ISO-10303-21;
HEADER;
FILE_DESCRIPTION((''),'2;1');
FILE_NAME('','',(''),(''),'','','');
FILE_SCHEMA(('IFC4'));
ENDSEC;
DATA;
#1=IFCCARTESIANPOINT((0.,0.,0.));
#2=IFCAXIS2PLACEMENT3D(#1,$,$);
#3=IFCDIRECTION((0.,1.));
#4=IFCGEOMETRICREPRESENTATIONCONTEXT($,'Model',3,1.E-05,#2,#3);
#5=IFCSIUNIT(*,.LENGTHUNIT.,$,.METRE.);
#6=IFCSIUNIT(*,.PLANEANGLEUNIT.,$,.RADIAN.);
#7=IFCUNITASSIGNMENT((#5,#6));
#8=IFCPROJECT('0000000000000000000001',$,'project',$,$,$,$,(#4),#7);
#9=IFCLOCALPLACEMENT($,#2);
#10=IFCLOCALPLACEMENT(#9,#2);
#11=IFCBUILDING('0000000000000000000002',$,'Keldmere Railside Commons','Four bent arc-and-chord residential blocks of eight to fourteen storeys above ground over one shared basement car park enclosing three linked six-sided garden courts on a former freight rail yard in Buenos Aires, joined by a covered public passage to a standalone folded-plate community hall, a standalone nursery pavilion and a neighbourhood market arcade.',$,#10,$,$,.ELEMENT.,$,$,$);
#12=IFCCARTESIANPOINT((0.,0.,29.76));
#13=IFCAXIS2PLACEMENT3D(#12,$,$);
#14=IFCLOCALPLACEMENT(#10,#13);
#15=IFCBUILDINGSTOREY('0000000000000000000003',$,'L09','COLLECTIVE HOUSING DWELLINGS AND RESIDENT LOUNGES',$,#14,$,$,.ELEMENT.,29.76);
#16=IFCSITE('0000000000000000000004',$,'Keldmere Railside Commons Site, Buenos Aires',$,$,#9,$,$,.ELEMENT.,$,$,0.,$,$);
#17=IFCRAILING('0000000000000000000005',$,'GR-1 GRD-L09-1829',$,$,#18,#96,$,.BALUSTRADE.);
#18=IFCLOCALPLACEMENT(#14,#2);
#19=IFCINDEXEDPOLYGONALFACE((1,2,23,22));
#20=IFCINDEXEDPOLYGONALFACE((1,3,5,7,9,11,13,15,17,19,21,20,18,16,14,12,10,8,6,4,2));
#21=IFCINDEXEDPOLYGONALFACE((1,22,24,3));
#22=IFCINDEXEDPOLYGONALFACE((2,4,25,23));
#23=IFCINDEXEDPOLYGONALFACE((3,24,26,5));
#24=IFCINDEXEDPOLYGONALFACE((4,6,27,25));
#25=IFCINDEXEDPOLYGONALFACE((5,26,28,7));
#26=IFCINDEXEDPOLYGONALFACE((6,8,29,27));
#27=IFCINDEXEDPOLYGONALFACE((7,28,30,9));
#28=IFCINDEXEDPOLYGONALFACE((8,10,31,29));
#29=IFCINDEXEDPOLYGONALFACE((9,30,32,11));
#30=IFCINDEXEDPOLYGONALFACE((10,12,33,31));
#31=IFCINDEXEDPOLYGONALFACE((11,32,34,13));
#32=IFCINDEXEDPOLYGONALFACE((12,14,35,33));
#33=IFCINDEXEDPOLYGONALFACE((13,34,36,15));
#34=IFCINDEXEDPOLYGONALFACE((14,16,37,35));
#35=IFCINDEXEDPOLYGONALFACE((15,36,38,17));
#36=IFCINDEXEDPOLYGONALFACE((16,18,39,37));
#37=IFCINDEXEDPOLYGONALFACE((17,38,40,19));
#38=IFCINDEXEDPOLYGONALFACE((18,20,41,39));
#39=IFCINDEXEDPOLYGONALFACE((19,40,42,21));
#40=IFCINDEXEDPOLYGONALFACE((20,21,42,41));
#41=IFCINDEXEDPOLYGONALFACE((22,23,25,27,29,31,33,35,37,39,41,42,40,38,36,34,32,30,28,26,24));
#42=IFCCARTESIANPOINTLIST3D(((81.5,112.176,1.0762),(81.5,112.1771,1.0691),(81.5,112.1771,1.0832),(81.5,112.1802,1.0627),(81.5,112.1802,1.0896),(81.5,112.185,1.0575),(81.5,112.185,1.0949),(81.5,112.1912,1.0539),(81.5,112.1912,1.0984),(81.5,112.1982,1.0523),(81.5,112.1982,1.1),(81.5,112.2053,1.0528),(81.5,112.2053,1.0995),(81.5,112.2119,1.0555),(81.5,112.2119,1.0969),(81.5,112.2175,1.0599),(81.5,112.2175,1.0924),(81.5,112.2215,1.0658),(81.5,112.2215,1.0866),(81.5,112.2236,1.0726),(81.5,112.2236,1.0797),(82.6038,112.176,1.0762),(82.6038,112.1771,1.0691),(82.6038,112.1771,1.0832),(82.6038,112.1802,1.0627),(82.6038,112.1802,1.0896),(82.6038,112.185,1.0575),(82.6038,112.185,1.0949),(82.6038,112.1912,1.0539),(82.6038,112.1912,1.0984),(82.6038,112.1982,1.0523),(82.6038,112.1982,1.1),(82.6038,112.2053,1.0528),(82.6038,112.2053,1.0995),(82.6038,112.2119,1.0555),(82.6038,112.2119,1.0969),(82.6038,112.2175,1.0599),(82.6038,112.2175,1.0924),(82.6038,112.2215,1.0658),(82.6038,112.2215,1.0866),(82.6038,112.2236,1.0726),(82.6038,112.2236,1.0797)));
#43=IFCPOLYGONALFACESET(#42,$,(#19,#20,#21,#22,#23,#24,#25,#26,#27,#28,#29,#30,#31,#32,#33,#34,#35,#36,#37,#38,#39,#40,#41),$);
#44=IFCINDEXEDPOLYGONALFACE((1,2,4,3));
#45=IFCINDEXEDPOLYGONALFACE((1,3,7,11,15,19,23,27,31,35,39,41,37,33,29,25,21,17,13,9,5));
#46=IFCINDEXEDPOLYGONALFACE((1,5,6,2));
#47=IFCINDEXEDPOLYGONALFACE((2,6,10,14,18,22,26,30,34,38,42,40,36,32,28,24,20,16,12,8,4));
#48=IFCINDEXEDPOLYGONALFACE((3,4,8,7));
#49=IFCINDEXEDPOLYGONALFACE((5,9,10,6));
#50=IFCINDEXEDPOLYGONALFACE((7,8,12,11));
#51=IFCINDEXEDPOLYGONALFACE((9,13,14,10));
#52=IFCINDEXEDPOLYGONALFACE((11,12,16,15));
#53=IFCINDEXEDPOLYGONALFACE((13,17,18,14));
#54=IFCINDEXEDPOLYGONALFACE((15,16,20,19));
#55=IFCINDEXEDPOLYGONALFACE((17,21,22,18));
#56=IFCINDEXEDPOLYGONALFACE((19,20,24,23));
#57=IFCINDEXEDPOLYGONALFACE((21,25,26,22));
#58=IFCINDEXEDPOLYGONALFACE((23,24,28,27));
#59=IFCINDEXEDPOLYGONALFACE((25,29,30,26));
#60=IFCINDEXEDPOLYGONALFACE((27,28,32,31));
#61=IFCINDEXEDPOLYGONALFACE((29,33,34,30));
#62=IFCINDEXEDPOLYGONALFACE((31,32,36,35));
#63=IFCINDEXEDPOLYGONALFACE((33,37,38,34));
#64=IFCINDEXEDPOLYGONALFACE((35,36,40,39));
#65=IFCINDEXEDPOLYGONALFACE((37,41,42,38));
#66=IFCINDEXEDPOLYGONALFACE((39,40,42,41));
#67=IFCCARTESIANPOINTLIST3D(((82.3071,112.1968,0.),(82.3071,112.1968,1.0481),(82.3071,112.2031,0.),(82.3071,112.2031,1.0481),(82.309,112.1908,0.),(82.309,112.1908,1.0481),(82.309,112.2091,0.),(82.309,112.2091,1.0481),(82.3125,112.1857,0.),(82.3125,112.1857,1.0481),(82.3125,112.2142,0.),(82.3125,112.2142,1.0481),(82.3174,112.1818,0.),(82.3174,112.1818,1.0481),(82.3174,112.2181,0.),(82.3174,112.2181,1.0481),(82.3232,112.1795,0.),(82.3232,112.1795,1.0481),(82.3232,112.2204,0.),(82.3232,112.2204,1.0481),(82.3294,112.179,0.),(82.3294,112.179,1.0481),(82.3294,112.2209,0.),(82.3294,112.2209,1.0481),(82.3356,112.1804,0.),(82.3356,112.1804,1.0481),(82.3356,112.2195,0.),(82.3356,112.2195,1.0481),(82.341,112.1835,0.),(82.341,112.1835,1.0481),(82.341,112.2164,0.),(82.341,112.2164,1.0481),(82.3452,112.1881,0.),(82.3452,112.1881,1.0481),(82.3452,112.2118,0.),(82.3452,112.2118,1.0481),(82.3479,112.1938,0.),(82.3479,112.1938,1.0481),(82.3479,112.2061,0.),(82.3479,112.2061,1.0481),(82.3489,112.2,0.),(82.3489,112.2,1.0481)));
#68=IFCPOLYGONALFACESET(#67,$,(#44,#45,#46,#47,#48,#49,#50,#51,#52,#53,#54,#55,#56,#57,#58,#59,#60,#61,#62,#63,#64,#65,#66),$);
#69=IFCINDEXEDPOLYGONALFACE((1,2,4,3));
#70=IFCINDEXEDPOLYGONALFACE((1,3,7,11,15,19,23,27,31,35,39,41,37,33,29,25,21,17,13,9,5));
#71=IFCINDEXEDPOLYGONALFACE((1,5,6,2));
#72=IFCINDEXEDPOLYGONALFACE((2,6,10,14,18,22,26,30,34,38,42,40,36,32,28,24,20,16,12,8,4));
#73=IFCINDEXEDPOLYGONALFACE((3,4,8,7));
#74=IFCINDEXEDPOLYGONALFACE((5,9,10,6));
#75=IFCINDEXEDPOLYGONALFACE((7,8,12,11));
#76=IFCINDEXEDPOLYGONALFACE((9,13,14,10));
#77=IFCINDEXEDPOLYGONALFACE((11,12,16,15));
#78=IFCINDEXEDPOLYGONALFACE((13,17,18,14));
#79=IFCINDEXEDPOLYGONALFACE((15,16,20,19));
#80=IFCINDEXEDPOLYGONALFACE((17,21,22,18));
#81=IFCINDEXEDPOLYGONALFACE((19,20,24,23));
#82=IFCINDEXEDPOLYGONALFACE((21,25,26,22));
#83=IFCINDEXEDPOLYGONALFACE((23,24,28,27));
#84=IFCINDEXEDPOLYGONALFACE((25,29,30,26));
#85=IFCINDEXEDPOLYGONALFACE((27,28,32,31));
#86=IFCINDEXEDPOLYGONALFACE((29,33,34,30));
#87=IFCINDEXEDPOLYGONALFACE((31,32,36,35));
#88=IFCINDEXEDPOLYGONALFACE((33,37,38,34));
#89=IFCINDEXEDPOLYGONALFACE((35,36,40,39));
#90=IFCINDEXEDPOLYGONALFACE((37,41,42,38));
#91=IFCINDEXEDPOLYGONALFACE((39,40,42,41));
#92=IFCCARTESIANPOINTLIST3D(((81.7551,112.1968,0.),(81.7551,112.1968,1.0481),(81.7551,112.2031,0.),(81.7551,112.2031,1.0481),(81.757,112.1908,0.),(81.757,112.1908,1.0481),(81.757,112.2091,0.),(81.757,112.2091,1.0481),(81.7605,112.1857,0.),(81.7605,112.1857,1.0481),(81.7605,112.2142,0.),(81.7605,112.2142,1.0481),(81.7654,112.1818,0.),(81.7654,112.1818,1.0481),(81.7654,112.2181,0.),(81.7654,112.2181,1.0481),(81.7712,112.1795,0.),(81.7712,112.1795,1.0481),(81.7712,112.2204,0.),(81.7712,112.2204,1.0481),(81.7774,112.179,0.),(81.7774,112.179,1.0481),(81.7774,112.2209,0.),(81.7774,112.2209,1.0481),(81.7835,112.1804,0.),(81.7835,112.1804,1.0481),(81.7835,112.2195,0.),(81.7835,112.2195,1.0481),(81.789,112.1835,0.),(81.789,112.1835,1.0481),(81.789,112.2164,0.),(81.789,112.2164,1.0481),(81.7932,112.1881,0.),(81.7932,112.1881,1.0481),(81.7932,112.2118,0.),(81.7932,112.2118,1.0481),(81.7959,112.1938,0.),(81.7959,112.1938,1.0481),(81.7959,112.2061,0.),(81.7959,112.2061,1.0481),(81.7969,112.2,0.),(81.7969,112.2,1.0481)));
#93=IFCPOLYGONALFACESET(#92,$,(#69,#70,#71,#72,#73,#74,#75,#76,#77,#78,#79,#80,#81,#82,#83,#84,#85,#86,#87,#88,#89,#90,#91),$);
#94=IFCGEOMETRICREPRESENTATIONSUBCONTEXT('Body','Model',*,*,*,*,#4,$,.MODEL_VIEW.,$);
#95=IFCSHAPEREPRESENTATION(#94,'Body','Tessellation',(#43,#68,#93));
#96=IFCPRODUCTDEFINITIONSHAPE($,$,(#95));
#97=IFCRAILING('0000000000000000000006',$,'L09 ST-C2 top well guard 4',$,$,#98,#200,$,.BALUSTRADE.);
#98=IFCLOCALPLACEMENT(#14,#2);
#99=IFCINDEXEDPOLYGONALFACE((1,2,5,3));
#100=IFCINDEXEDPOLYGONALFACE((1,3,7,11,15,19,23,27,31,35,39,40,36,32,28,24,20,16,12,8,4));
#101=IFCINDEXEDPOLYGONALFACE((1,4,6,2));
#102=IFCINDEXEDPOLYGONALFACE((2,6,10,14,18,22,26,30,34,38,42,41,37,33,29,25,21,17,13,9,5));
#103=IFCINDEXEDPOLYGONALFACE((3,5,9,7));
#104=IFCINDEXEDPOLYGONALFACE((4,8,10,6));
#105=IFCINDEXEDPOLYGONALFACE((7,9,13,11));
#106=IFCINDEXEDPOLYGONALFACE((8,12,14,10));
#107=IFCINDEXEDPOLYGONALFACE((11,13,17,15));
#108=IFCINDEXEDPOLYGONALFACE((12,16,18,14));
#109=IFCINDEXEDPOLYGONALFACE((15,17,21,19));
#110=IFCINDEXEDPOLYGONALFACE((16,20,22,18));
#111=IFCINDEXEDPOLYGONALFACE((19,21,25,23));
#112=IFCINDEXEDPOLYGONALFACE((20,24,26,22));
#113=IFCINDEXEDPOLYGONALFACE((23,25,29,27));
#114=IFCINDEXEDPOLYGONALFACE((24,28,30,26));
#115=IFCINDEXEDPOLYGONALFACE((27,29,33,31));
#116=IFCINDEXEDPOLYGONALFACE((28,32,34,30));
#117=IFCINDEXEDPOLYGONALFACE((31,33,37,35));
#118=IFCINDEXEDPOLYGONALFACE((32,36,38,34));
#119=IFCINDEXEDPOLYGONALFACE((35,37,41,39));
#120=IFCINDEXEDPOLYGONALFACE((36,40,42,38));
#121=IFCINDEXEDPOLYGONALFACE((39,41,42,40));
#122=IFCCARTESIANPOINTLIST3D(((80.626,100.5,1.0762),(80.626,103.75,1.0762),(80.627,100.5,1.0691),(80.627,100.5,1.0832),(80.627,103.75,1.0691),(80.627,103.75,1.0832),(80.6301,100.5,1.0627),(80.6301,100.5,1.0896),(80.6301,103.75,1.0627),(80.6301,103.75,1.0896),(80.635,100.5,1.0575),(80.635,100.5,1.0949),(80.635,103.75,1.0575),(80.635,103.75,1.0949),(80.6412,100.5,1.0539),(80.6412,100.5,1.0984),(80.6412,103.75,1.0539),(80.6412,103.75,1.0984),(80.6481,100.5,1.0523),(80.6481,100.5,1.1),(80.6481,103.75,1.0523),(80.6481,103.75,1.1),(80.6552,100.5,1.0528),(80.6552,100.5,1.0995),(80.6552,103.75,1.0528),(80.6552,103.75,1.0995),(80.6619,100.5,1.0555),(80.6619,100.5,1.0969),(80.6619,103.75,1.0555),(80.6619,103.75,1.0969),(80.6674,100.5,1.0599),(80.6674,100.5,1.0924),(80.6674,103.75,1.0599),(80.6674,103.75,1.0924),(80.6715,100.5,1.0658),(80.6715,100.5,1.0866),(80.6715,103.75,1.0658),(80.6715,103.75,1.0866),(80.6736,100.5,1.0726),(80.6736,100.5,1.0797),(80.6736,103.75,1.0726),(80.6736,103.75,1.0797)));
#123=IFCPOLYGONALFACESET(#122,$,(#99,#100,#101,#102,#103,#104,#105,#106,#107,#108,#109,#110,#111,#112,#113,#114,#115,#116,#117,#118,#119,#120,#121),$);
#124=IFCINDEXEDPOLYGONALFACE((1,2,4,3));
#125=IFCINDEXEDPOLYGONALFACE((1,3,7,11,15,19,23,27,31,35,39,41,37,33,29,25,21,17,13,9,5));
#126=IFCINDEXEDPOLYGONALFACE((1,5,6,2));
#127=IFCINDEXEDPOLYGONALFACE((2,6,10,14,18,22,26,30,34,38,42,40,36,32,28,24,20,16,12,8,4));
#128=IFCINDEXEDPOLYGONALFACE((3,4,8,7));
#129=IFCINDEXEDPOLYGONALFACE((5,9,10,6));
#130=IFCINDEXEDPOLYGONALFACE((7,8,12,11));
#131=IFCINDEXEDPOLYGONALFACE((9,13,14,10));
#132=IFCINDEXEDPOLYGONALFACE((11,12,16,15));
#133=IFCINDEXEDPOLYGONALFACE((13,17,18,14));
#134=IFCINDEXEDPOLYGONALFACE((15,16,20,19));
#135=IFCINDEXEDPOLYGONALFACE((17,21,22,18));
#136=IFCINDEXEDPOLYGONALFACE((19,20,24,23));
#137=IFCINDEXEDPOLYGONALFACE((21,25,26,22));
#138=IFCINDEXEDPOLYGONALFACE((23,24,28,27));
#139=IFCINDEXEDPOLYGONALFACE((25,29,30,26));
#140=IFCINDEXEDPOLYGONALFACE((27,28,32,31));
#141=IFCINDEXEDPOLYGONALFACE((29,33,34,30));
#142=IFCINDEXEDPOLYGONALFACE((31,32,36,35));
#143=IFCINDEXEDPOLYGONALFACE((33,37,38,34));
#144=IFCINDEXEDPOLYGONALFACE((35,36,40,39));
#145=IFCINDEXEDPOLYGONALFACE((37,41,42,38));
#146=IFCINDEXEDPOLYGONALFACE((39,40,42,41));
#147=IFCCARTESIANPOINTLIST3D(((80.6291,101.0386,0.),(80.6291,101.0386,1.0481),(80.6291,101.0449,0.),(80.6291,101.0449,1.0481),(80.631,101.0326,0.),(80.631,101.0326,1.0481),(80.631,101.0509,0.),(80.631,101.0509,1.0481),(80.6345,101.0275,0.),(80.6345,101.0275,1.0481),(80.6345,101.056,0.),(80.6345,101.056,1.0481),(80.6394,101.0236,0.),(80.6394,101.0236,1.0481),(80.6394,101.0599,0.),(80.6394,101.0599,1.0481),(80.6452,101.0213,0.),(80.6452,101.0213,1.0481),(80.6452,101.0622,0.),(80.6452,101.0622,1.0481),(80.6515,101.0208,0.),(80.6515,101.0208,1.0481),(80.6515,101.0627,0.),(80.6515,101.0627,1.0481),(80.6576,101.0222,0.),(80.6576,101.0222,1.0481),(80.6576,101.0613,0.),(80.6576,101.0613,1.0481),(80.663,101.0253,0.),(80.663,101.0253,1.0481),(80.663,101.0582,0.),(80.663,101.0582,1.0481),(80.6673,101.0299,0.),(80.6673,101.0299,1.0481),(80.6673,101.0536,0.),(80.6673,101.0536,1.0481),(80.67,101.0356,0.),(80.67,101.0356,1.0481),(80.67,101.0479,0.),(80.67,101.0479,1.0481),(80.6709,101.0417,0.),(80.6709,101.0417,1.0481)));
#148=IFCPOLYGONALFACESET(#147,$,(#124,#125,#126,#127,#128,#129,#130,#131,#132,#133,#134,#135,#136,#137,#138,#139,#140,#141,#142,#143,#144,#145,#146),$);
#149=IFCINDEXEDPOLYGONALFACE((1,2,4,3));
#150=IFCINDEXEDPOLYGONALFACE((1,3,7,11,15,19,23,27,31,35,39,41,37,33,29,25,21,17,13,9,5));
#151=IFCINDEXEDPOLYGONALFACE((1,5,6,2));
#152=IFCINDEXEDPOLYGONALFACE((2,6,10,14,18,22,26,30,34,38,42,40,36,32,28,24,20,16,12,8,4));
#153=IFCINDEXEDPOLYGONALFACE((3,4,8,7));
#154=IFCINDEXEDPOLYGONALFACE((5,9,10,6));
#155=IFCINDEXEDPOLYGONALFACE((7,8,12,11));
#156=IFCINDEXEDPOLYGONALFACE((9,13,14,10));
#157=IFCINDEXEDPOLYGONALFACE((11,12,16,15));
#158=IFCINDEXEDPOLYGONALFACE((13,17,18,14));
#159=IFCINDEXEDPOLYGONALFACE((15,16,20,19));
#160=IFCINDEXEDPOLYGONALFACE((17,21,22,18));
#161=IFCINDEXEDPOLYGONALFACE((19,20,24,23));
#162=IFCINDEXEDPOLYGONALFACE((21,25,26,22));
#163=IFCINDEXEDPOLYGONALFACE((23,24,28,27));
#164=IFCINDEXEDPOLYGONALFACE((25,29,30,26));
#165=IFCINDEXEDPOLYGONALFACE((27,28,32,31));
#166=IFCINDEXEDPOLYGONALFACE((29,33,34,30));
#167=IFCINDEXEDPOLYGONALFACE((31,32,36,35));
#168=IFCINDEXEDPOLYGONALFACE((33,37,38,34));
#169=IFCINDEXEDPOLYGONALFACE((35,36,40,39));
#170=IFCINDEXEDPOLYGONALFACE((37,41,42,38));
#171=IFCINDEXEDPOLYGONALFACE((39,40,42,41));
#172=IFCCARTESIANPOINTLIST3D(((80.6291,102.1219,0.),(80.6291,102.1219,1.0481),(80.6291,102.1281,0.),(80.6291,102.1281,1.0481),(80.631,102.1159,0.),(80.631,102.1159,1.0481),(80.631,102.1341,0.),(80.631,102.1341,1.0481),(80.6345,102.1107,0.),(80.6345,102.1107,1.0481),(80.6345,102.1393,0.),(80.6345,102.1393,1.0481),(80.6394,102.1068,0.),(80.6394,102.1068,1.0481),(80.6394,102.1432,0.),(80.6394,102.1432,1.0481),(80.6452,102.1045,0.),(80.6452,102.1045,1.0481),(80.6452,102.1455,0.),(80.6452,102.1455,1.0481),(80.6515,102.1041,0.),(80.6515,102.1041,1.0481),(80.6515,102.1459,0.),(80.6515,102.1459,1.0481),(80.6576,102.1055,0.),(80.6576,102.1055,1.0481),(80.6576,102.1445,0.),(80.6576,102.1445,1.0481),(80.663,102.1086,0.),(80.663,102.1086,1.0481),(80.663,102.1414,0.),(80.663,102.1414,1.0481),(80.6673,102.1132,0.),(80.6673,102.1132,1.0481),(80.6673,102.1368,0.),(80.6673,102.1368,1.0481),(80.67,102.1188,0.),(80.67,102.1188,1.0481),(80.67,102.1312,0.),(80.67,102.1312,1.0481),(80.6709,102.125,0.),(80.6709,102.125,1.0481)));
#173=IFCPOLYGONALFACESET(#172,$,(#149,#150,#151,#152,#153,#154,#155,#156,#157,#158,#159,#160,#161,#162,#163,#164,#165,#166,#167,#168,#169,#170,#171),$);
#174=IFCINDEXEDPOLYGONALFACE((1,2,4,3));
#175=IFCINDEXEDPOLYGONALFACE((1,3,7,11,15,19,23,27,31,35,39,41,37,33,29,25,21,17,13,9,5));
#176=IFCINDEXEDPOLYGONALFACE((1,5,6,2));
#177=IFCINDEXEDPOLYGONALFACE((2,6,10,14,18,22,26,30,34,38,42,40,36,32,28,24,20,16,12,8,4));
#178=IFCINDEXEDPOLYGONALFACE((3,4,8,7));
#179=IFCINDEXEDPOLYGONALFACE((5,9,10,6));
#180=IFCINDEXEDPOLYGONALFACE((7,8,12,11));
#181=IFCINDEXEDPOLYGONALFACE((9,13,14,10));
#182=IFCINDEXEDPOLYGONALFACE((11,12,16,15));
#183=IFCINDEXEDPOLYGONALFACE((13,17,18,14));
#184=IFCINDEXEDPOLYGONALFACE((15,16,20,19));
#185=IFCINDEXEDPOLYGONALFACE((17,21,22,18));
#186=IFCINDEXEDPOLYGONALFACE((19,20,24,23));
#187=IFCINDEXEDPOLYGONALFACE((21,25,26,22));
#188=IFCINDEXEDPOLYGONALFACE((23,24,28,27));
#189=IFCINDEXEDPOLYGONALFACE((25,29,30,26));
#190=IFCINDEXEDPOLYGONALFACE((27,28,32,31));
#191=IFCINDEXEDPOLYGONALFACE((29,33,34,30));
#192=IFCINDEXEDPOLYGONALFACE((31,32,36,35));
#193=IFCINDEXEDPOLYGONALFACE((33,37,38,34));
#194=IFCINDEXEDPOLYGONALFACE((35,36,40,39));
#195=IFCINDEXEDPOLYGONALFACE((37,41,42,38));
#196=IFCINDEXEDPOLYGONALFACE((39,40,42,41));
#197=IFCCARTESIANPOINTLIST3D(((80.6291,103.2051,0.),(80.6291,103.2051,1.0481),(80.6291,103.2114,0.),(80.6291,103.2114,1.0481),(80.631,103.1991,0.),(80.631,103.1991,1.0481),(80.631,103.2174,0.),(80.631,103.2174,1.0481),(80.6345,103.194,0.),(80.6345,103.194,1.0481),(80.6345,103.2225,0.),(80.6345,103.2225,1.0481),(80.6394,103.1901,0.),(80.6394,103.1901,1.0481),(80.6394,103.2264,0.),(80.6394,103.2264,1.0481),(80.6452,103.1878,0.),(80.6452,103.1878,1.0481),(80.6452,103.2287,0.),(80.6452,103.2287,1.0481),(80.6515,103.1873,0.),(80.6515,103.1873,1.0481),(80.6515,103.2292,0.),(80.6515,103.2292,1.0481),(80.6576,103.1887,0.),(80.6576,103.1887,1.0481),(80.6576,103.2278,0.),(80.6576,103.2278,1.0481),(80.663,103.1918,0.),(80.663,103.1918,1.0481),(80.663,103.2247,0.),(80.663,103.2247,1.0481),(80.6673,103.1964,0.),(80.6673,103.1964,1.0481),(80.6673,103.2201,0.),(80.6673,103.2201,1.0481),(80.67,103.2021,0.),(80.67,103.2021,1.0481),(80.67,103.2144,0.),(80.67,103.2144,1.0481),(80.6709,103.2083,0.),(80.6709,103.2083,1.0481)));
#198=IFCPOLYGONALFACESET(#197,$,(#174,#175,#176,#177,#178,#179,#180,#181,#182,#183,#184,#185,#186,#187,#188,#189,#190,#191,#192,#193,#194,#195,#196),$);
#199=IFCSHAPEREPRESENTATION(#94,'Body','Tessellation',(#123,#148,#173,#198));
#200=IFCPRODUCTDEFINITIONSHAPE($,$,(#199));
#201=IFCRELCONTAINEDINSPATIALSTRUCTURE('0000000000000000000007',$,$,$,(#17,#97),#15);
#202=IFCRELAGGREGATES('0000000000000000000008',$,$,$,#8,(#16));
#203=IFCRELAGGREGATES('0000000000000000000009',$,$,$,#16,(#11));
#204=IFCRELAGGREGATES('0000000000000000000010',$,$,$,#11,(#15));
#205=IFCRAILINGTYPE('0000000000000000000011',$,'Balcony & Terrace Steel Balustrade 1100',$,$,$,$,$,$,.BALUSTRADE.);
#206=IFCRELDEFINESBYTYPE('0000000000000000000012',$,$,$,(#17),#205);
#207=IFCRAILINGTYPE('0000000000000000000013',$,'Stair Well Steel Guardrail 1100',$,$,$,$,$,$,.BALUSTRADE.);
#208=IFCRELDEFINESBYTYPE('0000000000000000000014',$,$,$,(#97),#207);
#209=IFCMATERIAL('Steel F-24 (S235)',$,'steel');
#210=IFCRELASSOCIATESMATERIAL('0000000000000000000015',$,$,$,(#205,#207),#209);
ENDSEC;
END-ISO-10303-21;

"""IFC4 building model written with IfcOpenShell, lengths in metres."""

from ifc_helpers import new_model, si_unit, direction, frame, origin, origin_2d, place, context, subcontext, project, spatial, circle, extrude, material, type_object, element, save


model = new_model("IFC4")

# Units and contexts
model_context = context("Model", 3, precision=1e-05, world=origin(), true_north=direction((0.0, 1.0)))
body_context = subcontext(model_context, "Body", "Model", "MODEL_VIEW")
ifc_project = project(units=[si_unit("LENGTHUNIT", "METRE"), si_unit("PLANEANGLEUNIT", "RADIAN")], contexts=[model_context])

# Site, building, storey
site_placement = place(None, origin())
site = spatial("IfcSite", under=ifc_project, at=site_placement, Name="Keldmere Railside Commons Site, Buenos Aires", CompositionType="ELEMENT", RefElevation=0.0)
building_placement = place(site_placement, origin())
building = spatial("IfcBuilding", under=site, at=building_placement, Name="Keldmere Railside Commons", Description="Four bent arc-and-chord residential blocks of eight to fourteen storeys above ground over one shared basement car park enclosing three linked six-sided garden courts on a former freight rail yard in Buenos Aires, joined by a covered public passage to a standalone folded-plate community hall, a standalone nursery pavilion and a neighbourhood market arcade.", CompositionType="ELEMENT")
storey_placement = place(building_placement, frame((0.0, 0.0, 29.76)))
storey = spatial("IfcBuildingStorey", under=building, at=storey_placement, Name="L09", Description="COLLECTIVE HOUSING DWELLINGS AND RESIDENT LOUNGES", CompositionType="ELEMENT", Elevation=29.76)

# Shared definitions
ifc_material_1 = material(Name="Steel F-24 (S235)", Category="steel")

# Railings
railing_type_1 = type_object("IfcRailingType", Name="Balcony & Terrace Steel Balustrade 1100", PredefinedType="BALUSTRADE", material=ifc_material_1)
railing_1_placement = place(storey_placement, frame((82.6038, 112.2, 0.0)))
element("IfcRailing", 1, at=railing_1_placement, inside=storey, type_object=railing_type_1, Name="GR-1 GRD-L09-1829", PredefinedType="BALUSTRADE", context=body_context, shape_type="SweptSolid", body=[
    extrude(circle(Radius=0.0239, at=origin_2d()), frame((0.0, 0.0, 1.0762), z_axis=(-1.0, 0.0, 0.0), x_axis=(0.0, -1.0, 0.0)), (0.0, 0.0, 1.0), 1.1038),
    extrude(circle(Radius=0.021, at=origin_2d()), frame((-0.2759, 0.0, 0.0)), (0.0, 0.0, 1.0), 1.0481),
    extrude(circle(Radius=0.021, at=origin_2d()), frame((-0.8279, 0.0, 0.0)), (0.0, 0.0, 1.0), 1.0481),
])
railing_type_2 = type_object("IfcRailingType", Name="Stair Well Steel Guardrail 1100", PredefinedType="BALUSTRADE", material=ifc_material_1)
railing_2_placement = place(storey_placement, frame((80.6499, 100.5, 0.0)))
element("IfcRailing", 2, at=railing_2_placement, inside=storey, type_object=railing_type_2, Name="L09 ST-C2 top well guard 4", PredefinedType="BALUSTRADE", context=body_context, shape_type="SweptSolid", body=[
    extrude(circle(Radius=0.0239, at=origin_2d()), frame((0.0, 0.0, 1.0762), z_axis=(0.0, 1.0, 0.0), x_axis=(-1.0, 0.0, 0.0)), (0.0, 0.0, 1.0), 3.25),
    extrude(circle(Radius=0.021, at=origin_2d()), frame((0.0, 0.5417, 0.0)), (0.0, 0.0, 1.0), 1.0481),
    extrude(circle(Radius=0.021, at=origin_2d()), frame((0.0, 1.625, 0.0)), (0.0, 0.0, 1.0), 1.0481),
    extrude(circle(Radius=0.021, at=origin_2d()), frame((0.0, 2.7083, 0.0)), (0.0, 0.0, 1.0), 1.0481),
])

save(model, "model.ifc")
